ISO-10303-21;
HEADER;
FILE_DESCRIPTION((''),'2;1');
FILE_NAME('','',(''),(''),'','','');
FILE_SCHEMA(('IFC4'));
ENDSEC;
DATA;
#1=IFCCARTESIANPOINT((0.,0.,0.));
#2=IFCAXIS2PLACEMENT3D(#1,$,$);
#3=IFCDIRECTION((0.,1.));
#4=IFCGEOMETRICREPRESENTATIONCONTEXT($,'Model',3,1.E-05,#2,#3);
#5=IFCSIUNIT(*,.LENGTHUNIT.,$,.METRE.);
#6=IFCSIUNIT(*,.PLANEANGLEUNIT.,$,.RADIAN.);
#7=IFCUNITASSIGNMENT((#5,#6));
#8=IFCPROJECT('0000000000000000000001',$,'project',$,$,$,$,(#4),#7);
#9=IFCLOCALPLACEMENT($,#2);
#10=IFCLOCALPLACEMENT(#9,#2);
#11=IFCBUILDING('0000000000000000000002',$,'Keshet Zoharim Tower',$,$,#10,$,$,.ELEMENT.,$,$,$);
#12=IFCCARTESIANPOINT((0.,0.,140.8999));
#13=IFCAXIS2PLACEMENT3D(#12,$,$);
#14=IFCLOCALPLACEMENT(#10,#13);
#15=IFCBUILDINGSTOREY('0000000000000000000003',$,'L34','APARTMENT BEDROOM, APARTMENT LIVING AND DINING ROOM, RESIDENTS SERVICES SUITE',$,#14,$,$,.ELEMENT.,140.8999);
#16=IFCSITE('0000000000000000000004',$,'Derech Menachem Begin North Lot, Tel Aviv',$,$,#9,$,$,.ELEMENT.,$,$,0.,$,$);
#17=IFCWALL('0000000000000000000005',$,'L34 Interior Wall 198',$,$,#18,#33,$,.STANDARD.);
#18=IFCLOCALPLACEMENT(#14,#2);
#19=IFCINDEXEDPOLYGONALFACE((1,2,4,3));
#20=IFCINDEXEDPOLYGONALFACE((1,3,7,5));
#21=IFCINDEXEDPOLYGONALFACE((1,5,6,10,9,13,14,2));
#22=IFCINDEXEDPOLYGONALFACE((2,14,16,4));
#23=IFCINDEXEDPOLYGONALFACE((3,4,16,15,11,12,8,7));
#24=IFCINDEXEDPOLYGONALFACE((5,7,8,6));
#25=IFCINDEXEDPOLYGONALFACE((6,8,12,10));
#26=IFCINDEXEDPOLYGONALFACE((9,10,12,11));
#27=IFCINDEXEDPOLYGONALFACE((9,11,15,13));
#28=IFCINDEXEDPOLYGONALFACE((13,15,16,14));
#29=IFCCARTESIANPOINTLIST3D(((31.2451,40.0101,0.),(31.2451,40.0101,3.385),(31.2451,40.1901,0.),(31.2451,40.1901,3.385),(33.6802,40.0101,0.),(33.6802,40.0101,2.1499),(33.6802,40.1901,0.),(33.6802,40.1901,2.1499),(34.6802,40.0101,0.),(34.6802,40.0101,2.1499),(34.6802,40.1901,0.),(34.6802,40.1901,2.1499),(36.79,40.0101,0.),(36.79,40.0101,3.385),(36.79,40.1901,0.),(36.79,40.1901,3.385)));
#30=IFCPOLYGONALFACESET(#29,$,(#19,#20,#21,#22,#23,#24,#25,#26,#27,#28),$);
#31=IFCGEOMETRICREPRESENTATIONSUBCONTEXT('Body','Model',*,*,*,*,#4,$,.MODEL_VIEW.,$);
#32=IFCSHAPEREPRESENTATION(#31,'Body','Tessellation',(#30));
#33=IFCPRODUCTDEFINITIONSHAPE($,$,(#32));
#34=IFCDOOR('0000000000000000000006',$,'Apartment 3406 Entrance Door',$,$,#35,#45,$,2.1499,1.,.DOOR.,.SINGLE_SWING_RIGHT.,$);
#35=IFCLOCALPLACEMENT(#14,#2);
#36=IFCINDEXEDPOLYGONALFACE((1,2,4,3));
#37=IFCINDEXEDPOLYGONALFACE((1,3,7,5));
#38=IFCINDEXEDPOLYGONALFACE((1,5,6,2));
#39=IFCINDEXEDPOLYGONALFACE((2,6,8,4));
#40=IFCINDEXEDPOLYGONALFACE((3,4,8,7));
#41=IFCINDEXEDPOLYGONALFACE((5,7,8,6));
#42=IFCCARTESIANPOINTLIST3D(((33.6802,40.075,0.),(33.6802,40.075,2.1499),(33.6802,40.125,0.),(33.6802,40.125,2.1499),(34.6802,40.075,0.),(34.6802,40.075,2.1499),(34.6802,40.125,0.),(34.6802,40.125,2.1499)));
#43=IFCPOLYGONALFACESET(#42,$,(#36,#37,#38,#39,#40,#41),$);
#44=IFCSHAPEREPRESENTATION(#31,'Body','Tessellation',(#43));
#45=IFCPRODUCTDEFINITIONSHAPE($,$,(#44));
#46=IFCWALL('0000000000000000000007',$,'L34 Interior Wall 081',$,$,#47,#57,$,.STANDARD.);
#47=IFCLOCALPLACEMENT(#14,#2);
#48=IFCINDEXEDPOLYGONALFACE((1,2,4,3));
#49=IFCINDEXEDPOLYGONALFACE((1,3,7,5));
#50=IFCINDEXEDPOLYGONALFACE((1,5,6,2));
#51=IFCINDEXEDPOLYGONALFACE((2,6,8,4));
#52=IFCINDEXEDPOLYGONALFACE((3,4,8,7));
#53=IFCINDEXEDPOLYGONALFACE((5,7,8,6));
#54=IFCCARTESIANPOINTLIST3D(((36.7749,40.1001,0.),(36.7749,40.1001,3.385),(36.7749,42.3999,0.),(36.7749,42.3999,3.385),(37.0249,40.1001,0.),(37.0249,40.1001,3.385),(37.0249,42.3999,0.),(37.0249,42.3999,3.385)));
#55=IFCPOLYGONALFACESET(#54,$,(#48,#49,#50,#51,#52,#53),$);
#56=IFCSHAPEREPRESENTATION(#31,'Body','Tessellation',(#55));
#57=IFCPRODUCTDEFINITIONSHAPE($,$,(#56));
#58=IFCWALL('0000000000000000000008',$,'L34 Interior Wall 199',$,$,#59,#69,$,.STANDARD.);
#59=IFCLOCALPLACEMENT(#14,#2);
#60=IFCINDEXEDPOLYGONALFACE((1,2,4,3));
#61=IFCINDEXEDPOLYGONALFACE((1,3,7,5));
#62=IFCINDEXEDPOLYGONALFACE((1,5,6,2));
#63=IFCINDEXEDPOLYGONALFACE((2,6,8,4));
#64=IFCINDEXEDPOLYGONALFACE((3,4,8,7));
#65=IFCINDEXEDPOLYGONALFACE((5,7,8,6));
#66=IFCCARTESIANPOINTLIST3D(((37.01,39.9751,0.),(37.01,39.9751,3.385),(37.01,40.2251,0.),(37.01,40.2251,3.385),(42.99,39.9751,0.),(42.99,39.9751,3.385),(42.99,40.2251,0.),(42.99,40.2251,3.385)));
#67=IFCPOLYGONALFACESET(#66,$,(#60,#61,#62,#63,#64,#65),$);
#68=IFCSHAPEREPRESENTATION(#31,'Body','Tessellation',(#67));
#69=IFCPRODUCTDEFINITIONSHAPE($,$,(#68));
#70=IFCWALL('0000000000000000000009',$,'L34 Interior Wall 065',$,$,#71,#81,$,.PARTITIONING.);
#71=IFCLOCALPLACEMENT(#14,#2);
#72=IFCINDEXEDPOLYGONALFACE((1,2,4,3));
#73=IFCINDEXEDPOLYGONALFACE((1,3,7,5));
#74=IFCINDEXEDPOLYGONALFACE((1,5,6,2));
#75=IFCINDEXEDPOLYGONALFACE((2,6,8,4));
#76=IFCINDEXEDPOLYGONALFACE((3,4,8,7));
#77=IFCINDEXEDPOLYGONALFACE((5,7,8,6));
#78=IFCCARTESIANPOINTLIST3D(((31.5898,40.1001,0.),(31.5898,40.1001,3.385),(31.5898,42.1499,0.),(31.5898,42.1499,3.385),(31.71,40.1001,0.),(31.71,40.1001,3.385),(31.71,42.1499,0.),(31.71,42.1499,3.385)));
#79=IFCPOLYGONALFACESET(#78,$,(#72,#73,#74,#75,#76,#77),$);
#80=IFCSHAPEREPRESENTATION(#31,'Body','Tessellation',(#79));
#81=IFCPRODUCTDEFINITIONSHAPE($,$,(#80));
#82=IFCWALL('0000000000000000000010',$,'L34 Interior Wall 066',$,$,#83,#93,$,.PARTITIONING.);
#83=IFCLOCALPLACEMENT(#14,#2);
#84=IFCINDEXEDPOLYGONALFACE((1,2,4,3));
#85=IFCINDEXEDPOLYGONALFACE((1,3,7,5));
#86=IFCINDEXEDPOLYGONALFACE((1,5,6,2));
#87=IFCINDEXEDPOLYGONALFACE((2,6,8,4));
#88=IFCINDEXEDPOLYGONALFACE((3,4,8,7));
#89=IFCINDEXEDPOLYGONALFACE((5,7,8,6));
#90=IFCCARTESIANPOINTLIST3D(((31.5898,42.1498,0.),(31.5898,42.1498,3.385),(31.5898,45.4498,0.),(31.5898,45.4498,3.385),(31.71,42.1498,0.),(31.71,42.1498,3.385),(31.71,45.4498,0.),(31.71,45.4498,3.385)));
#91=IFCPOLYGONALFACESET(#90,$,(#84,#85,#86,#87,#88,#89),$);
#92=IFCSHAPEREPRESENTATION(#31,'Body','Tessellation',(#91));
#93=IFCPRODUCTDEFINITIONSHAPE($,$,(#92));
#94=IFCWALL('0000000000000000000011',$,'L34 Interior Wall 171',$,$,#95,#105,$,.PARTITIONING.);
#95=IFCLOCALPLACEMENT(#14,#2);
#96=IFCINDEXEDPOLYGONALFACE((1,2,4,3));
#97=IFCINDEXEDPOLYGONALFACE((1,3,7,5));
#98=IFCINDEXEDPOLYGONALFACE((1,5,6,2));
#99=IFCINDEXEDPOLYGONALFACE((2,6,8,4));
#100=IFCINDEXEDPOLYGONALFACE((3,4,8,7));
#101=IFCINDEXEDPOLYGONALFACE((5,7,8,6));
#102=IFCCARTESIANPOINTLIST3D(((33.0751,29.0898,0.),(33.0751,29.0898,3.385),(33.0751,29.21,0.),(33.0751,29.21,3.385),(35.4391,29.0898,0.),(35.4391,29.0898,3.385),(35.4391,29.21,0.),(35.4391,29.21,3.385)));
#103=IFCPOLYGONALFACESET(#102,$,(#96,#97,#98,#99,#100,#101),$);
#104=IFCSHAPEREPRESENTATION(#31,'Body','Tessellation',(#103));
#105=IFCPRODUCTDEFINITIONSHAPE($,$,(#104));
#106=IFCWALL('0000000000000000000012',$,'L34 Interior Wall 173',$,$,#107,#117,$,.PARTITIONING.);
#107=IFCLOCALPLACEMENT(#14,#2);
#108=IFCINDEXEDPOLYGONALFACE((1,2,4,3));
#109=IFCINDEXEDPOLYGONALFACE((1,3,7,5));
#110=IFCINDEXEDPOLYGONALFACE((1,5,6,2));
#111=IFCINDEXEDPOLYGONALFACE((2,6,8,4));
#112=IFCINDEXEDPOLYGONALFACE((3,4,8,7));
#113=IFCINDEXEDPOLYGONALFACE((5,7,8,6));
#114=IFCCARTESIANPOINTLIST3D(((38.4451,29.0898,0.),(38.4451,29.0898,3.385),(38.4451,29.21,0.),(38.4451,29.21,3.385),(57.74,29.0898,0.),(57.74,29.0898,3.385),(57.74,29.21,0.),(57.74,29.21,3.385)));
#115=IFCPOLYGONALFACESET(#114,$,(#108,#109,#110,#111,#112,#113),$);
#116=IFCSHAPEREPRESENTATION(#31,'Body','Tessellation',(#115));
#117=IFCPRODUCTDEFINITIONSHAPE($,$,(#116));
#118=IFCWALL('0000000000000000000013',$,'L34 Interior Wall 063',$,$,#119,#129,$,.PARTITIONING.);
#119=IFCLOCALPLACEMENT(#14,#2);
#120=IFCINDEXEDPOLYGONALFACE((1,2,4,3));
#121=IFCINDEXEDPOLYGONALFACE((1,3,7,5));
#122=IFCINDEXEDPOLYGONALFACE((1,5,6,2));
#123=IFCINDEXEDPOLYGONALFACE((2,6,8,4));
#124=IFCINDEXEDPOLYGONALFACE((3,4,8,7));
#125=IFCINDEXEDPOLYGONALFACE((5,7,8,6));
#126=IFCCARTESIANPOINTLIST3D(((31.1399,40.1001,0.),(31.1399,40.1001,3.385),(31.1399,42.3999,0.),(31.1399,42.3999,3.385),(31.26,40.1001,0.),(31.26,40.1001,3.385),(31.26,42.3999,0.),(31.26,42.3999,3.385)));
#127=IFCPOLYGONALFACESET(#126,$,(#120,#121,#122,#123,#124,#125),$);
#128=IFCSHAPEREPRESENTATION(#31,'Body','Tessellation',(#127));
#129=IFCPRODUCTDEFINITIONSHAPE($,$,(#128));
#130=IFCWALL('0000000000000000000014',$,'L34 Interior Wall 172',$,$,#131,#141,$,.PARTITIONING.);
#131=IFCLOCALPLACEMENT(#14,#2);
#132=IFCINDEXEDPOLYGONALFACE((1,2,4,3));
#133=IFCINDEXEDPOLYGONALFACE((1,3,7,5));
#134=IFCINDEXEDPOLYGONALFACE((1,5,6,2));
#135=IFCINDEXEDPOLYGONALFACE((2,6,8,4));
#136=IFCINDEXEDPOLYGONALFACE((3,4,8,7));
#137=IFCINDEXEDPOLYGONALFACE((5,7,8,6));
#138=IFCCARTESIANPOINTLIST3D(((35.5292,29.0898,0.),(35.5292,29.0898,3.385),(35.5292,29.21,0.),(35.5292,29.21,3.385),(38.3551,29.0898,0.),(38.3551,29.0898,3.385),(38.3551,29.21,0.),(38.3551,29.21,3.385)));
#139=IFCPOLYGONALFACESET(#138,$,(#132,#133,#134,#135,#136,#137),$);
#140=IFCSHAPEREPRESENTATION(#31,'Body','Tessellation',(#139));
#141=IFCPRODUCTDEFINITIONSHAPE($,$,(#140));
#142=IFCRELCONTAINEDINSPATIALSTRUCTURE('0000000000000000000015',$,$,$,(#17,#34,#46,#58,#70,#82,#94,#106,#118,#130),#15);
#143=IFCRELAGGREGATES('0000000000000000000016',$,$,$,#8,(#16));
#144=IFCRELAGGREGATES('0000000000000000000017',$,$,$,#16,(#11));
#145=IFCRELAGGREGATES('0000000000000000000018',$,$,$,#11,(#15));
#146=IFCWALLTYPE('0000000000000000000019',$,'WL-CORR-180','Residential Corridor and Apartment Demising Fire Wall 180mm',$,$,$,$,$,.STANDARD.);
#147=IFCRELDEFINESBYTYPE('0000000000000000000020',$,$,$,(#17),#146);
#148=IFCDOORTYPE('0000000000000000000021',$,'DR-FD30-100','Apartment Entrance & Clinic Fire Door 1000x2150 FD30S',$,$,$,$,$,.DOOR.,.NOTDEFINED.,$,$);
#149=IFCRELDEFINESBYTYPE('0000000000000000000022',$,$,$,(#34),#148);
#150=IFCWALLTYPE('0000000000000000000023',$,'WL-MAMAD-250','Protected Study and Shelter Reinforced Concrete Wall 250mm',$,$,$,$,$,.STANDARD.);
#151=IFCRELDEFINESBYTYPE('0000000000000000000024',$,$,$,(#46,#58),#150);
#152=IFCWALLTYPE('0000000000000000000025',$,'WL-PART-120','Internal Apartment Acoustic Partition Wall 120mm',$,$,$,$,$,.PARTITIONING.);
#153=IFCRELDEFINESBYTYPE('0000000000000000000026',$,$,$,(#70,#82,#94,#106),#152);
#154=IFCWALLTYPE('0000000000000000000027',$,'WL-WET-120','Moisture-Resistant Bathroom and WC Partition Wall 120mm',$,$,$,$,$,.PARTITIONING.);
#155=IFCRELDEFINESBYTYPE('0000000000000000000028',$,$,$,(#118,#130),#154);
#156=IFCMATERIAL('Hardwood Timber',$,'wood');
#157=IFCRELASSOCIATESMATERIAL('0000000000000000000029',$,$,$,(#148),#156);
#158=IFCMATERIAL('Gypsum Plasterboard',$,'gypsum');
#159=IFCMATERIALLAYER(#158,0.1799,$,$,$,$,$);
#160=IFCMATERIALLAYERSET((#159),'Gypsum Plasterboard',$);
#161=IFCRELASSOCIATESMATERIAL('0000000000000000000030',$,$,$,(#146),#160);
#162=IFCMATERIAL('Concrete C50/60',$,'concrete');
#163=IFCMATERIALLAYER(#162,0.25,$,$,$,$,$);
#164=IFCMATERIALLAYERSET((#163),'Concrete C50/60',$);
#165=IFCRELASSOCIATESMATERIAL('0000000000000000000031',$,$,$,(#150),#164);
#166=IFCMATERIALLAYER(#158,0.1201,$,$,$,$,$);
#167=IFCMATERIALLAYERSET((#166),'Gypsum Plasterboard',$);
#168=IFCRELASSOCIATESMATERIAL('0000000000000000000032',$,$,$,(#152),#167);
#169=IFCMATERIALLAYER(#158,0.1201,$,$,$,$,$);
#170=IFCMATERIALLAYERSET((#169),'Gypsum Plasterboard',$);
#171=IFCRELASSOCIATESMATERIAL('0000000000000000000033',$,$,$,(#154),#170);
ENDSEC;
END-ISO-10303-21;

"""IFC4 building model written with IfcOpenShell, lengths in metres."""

from ifc_helpers import new_model, si_unit, direction, frame, frame_2d, origin, place, context, subcontext, project, spatial, rectangle, extrude, material, layer, layer_set, type_object, element, fill, save


model = new_model("IFC4")

# Units and contexts
model_context = context("Model", 3, precision=1e-05, world=origin(), true_north=direction((0.0, 1.0)))
body_context = subcontext(model_context, "Body", "Model", "MODEL_VIEW")
ifc_project = project(units=[si_unit("LENGTHUNIT", "METRE"), si_unit("PLANEANGLEUNIT", "RADIAN")], contexts=[model_context])

# Site, building, storey
site_placement = place(None, origin())
site = spatial("IfcSite", under=ifc_project, at=site_placement, Name="Derech Menachem Begin North Lot, Tel Aviv", CompositionType="ELEMENT", RefElevation=0.0)
building_placement = place(site_placement, origin())
building = spatial("IfcBuilding", under=site, at=building_placement, Name="Keshet Zoharim Tower", CompositionType="ELEMENT")
storey_placement = place(building_placement, frame((0.0, 0.0, 140.8999)))
storey = spatial("IfcBuildingStorey", under=building, at=storey_placement, Name="L34", Description="APARTMENT BEDROOM, APARTMENT LIVING AND DINING ROOM, RESIDENTS SERVICES SUITE", CompositionType="ELEMENT", Elevation=140.8999)

# Shared definitions
ifc_material_1 = material(Name="Gypsum Plasterboard", Category="gypsum")

# Wall, opening, door
ifc_material_2 = material(Name="Hardwood Timber", Category="wood")
door_type_1 = type_object("IfcDoorType", Name="DR-FD30-100", Description="Apartment Entrance & Clinic Fire Door 1000x2150 FD30S", OperationType="NOTDEFINED", PredefinedType="DOOR", material=ifc_material_2)
ifc_layer_1 = layer(ifc_material_1, 0.1799)
ifc_layer_set_1 = layer_set([ifc_layer_1], Name="Gypsum Plasterboard")
wall_type_1 = type_object("IfcWallType", Name="WL-CORR-180", Description="Residential Corridor and Apartment Demising Fire Wall 180mm", PredefinedType="STANDARD", material=ifc_layer_set_1)
wall_1_placement = place(storey_placement, frame((31.2451, 40.1001, 0.0), z_axis=(0.0, 0.0, 1.0), x_axis=(1.0, 0.0, 0.0)))
wall_1 = element("IfcWall", 1, at=wall_1_placement, inside=storey, type_object=wall_type_1, Name="L34 Interior Wall 198", PredefinedType="STANDARD", context=body_context, shape_type="SweptSolid", body=[
    extrude(rectangle(XDim=5.5449, YDim=0.1799, at=frame_2d((2.7725, 0.0))), origin(), (0.0, 0.0, 1.0), 3.385),
])
opening_1_placement = place(wall_1_placement, frame((2.4351, 0.0, 0.0)))
opening_1 = element("IfcOpeningElement", 2, at=opening_1_placement, cuts=wall_1, PredefinedType="OPENING", context=body_context, shape_type="SweptSolid", body=[
    extrude(rectangle(XDim=1.0, YDim=2.1499, at=frame_2d((0.5, 1.075))), frame((0.0, 0.1001, 0.0), z_axis=(0.0, -1.0, 0.0), x_axis=(1.0, 0.0, 0.0)), (0.0, 0.0, 1.0), 0.2),
])
door_1_placement = place(opening_1_placement, origin())
door_1 = element("IfcDoor", 3, at=door_1_placement, inside=storey, type_object=door_type_1, Name="Apartment 3406 Entrance Door", OperationType="SINGLE_SWING_RIGHT", OverallHeight=2.1499, OverallWidth=1.0, PredefinedType="DOOR", context=body_context, shape_type="SweptSolid", body=[
    extrude(rectangle(XDim=1.0, YDim=2.1499, at=frame_2d((0.5, 1.075))), frame((0.0, 0.0249, 0.0), z_axis=(0.0, -1.0, 0.0), x_axis=(1.0, 0.0, 0.0)), (0.0, 0.0, 1.0), 0.05),
])
fill(opening_1, door_1)

# Walls
ifc_material_3 = material(Name="Concrete C50/60", Category="concrete")
ifc_layer_2 = layer(ifc_material_3, 0.25)
ifc_layer_set_2 = layer_set([ifc_layer_2], Name="Concrete C50/60")
wall_type_2 = type_object("IfcWallType", Name="WL-MAMAD-250", Description="Protected Study and Shelter Reinforced Concrete Wall 250mm", PredefinedType="STANDARD", material=ifc_layer_set_2)
wall_2_placement = place(storey_placement, frame((36.8999, 40.1001, 0.0), z_axis=(0.0, 0.0, 1.0), x_axis=(0.0, 1.0, 0.0)))
element("IfcWall", 4, at=wall_2_placement, inside=storey, type_object=wall_type_2, Name="L34 Interior Wall 081", PredefinedType="STANDARD", context=body_context, shape_type="SweptSolid", body=[
    extrude(rectangle(XDim=2.2998, YDim=0.25, at=frame_2d((1.1499, 0.0))), origin(), (0.0, 0.0, 1.0), 3.385),
])
wall_3_placement = place(storey_placement, frame((37.01, 40.1001, 0.0), z_axis=(0.0, 0.0, 1.0), x_axis=(1.0, 0.0, 0.0)))
element("IfcWall", 5, at=wall_3_placement, inside=storey, type_object=wall_type_2, Name="L34 Interior Wall 199", PredefinedType="STANDARD", context=body_context, shape_type="SweptSolid", body=[
    extrude(rectangle(XDim=5.98, YDim=0.25, at=frame_2d((2.99, 0.0))), origin(), (0.0, 0.0, 1.0), 3.385),
])
ifc_layer_3 = layer(ifc_material_1, 0.1201)
ifc_layer_set_3 = layer_set([ifc_layer_3], Name="Gypsum Plasterboard")
wall_type_3 = type_object("IfcWallType", Name="WL-PART-120", Description="Internal Apartment Acoustic Partition Wall 120mm", PredefinedType="PARTITIONING", material=ifc_layer_set_3)
wall_4_placement = place(storey_placement, frame((31.6499, 40.1001, 0.0), z_axis=(0.0, 0.0, 1.0), x_axis=(0.0, 1.0, 0.0)))
element("IfcWall", 6, at=wall_4_placement, inside=storey, type_object=wall_type_3, Name="L34 Interior Wall 065", PredefinedType="PARTITIONING", context=body_context, shape_type="SweptSolid", body=[
    extrude(rectangle(XDim=2.0498, YDim=0.1201, at=frame_2d((1.0249, 0.0))), origin(), (0.0, 0.0, 1.0), 3.385),
])
wall_5_placement = place(storey_placement, frame((31.6499, 42.1499, 0.0), z_axis=(0.0, 0.0, 1.0), x_axis=(0.0, 1.0, 0.0)))
element("IfcWall", 7, at=wall_5_placement, inside=storey, type_object=wall_type_3, Name="L34 Interior Wall 066", PredefinedType="PARTITIONING", context=body_context, shape_type="SweptSolid", body=[
    extrude(rectangle(XDim=3.3, YDim=0.1201, at=frame_2d((1.6499, 0.0))), origin(), (0.0, 0.0, 1.0), 3.385),
])
wall_6_placement = place(storey_placement, frame((33.075, 29.1499, 0.0), z_axis=(0.0, 0.0, 1.0), x_axis=(1.0, 0.0, 0.0)))
element("IfcWall", 8, at=wall_6_placement, inside=storey, type_object=wall_type_3, Name="L34 Interior Wall 171", PredefinedType="PARTITIONING", context=body_context, shape_type="SweptSolid", body=[
    extrude(rectangle(XDim=2.364, YDim=0.1201, at=frame_2d((1.1821, 0.0))), origin(), (0.0, 0.0, 1.0), 3.385),
])
wall_7_placement = place(storey_placement, frame((38.4451, 29.1499, 0.0), z_axis=(0.0, 0.0, 1.0), x_axis=(1.0, 0.0, 0.0)))
element("IfcWall", 9, at=wall_7_placement, inside=storey, type_object=wall_type_3, Name="L34 Interior Wall 173", PredefinedType="PARTITIONING", context=body_context, shape_type="SweptSolid", body=[
    extrude(rectangle(XDim=19.2949, YDim=0.1201, at=frame_2d((9.6475, 0.0))), origin(), (0.0, 0.0, 1.0), 3.385),
])
ifc_layer_4 = layer(ifc_material_1, 0.1201)
ifc_layer_set_4 = layer_set([ifc_layer_4], Name="Gypsum Plasterboard")
wall_type_4 = type_object("IfcWallType", Name="WL-WET-120", Description="Moisture-Resistant Bathroom and WC Partition Wall 120mm", PredefinedType="PARTITIONING", material=ifc_layer_set_4)
wall_8_placement = place(storey_placement, frame((31.2, 40.1001, 0.0), z_axis=(0.0, 0.0, 1.0), x_axis=(0.0, 1.0, 0.0)))
element("IfcWall", 10, at=wall_8_placement, inside=storey, type_object=wall_type_4, Name="L34 Interior Wall 063", PredefinedType="PARTITIONING", context=body_context, shape_type="SweptSolid", body=[
    extrude(rectangle(XDim=2.2998, YDim=0.1201, at=frame_2d((1.1499, 0.0))), origin(), (0.0, 0.0, 1.0), 3.385),
])
wall_9_placement = place(storey_placement, frame((35.5291, 29.1499, 0.0), z_axis=(0.0, 0.0, 1.0), x_axis=(1.0, 0.0, 0.0)))
element("IfcWall", 11, at=wall_9_placement, inside=storey, type_object=wall_type_4, Name="L34 Interior Wall 172", PredefinedType="PARTITIONING", context=body_context, shape_type="SweptSolid", body=[
    extrude(rectangle(XDim=2.8259, YDim=0.1201, at=frame_2d((1.4131, 0.0))), origin(), (0.0, 0.0, 1.0), 3.385),
])

save(model, "model.ifc")
